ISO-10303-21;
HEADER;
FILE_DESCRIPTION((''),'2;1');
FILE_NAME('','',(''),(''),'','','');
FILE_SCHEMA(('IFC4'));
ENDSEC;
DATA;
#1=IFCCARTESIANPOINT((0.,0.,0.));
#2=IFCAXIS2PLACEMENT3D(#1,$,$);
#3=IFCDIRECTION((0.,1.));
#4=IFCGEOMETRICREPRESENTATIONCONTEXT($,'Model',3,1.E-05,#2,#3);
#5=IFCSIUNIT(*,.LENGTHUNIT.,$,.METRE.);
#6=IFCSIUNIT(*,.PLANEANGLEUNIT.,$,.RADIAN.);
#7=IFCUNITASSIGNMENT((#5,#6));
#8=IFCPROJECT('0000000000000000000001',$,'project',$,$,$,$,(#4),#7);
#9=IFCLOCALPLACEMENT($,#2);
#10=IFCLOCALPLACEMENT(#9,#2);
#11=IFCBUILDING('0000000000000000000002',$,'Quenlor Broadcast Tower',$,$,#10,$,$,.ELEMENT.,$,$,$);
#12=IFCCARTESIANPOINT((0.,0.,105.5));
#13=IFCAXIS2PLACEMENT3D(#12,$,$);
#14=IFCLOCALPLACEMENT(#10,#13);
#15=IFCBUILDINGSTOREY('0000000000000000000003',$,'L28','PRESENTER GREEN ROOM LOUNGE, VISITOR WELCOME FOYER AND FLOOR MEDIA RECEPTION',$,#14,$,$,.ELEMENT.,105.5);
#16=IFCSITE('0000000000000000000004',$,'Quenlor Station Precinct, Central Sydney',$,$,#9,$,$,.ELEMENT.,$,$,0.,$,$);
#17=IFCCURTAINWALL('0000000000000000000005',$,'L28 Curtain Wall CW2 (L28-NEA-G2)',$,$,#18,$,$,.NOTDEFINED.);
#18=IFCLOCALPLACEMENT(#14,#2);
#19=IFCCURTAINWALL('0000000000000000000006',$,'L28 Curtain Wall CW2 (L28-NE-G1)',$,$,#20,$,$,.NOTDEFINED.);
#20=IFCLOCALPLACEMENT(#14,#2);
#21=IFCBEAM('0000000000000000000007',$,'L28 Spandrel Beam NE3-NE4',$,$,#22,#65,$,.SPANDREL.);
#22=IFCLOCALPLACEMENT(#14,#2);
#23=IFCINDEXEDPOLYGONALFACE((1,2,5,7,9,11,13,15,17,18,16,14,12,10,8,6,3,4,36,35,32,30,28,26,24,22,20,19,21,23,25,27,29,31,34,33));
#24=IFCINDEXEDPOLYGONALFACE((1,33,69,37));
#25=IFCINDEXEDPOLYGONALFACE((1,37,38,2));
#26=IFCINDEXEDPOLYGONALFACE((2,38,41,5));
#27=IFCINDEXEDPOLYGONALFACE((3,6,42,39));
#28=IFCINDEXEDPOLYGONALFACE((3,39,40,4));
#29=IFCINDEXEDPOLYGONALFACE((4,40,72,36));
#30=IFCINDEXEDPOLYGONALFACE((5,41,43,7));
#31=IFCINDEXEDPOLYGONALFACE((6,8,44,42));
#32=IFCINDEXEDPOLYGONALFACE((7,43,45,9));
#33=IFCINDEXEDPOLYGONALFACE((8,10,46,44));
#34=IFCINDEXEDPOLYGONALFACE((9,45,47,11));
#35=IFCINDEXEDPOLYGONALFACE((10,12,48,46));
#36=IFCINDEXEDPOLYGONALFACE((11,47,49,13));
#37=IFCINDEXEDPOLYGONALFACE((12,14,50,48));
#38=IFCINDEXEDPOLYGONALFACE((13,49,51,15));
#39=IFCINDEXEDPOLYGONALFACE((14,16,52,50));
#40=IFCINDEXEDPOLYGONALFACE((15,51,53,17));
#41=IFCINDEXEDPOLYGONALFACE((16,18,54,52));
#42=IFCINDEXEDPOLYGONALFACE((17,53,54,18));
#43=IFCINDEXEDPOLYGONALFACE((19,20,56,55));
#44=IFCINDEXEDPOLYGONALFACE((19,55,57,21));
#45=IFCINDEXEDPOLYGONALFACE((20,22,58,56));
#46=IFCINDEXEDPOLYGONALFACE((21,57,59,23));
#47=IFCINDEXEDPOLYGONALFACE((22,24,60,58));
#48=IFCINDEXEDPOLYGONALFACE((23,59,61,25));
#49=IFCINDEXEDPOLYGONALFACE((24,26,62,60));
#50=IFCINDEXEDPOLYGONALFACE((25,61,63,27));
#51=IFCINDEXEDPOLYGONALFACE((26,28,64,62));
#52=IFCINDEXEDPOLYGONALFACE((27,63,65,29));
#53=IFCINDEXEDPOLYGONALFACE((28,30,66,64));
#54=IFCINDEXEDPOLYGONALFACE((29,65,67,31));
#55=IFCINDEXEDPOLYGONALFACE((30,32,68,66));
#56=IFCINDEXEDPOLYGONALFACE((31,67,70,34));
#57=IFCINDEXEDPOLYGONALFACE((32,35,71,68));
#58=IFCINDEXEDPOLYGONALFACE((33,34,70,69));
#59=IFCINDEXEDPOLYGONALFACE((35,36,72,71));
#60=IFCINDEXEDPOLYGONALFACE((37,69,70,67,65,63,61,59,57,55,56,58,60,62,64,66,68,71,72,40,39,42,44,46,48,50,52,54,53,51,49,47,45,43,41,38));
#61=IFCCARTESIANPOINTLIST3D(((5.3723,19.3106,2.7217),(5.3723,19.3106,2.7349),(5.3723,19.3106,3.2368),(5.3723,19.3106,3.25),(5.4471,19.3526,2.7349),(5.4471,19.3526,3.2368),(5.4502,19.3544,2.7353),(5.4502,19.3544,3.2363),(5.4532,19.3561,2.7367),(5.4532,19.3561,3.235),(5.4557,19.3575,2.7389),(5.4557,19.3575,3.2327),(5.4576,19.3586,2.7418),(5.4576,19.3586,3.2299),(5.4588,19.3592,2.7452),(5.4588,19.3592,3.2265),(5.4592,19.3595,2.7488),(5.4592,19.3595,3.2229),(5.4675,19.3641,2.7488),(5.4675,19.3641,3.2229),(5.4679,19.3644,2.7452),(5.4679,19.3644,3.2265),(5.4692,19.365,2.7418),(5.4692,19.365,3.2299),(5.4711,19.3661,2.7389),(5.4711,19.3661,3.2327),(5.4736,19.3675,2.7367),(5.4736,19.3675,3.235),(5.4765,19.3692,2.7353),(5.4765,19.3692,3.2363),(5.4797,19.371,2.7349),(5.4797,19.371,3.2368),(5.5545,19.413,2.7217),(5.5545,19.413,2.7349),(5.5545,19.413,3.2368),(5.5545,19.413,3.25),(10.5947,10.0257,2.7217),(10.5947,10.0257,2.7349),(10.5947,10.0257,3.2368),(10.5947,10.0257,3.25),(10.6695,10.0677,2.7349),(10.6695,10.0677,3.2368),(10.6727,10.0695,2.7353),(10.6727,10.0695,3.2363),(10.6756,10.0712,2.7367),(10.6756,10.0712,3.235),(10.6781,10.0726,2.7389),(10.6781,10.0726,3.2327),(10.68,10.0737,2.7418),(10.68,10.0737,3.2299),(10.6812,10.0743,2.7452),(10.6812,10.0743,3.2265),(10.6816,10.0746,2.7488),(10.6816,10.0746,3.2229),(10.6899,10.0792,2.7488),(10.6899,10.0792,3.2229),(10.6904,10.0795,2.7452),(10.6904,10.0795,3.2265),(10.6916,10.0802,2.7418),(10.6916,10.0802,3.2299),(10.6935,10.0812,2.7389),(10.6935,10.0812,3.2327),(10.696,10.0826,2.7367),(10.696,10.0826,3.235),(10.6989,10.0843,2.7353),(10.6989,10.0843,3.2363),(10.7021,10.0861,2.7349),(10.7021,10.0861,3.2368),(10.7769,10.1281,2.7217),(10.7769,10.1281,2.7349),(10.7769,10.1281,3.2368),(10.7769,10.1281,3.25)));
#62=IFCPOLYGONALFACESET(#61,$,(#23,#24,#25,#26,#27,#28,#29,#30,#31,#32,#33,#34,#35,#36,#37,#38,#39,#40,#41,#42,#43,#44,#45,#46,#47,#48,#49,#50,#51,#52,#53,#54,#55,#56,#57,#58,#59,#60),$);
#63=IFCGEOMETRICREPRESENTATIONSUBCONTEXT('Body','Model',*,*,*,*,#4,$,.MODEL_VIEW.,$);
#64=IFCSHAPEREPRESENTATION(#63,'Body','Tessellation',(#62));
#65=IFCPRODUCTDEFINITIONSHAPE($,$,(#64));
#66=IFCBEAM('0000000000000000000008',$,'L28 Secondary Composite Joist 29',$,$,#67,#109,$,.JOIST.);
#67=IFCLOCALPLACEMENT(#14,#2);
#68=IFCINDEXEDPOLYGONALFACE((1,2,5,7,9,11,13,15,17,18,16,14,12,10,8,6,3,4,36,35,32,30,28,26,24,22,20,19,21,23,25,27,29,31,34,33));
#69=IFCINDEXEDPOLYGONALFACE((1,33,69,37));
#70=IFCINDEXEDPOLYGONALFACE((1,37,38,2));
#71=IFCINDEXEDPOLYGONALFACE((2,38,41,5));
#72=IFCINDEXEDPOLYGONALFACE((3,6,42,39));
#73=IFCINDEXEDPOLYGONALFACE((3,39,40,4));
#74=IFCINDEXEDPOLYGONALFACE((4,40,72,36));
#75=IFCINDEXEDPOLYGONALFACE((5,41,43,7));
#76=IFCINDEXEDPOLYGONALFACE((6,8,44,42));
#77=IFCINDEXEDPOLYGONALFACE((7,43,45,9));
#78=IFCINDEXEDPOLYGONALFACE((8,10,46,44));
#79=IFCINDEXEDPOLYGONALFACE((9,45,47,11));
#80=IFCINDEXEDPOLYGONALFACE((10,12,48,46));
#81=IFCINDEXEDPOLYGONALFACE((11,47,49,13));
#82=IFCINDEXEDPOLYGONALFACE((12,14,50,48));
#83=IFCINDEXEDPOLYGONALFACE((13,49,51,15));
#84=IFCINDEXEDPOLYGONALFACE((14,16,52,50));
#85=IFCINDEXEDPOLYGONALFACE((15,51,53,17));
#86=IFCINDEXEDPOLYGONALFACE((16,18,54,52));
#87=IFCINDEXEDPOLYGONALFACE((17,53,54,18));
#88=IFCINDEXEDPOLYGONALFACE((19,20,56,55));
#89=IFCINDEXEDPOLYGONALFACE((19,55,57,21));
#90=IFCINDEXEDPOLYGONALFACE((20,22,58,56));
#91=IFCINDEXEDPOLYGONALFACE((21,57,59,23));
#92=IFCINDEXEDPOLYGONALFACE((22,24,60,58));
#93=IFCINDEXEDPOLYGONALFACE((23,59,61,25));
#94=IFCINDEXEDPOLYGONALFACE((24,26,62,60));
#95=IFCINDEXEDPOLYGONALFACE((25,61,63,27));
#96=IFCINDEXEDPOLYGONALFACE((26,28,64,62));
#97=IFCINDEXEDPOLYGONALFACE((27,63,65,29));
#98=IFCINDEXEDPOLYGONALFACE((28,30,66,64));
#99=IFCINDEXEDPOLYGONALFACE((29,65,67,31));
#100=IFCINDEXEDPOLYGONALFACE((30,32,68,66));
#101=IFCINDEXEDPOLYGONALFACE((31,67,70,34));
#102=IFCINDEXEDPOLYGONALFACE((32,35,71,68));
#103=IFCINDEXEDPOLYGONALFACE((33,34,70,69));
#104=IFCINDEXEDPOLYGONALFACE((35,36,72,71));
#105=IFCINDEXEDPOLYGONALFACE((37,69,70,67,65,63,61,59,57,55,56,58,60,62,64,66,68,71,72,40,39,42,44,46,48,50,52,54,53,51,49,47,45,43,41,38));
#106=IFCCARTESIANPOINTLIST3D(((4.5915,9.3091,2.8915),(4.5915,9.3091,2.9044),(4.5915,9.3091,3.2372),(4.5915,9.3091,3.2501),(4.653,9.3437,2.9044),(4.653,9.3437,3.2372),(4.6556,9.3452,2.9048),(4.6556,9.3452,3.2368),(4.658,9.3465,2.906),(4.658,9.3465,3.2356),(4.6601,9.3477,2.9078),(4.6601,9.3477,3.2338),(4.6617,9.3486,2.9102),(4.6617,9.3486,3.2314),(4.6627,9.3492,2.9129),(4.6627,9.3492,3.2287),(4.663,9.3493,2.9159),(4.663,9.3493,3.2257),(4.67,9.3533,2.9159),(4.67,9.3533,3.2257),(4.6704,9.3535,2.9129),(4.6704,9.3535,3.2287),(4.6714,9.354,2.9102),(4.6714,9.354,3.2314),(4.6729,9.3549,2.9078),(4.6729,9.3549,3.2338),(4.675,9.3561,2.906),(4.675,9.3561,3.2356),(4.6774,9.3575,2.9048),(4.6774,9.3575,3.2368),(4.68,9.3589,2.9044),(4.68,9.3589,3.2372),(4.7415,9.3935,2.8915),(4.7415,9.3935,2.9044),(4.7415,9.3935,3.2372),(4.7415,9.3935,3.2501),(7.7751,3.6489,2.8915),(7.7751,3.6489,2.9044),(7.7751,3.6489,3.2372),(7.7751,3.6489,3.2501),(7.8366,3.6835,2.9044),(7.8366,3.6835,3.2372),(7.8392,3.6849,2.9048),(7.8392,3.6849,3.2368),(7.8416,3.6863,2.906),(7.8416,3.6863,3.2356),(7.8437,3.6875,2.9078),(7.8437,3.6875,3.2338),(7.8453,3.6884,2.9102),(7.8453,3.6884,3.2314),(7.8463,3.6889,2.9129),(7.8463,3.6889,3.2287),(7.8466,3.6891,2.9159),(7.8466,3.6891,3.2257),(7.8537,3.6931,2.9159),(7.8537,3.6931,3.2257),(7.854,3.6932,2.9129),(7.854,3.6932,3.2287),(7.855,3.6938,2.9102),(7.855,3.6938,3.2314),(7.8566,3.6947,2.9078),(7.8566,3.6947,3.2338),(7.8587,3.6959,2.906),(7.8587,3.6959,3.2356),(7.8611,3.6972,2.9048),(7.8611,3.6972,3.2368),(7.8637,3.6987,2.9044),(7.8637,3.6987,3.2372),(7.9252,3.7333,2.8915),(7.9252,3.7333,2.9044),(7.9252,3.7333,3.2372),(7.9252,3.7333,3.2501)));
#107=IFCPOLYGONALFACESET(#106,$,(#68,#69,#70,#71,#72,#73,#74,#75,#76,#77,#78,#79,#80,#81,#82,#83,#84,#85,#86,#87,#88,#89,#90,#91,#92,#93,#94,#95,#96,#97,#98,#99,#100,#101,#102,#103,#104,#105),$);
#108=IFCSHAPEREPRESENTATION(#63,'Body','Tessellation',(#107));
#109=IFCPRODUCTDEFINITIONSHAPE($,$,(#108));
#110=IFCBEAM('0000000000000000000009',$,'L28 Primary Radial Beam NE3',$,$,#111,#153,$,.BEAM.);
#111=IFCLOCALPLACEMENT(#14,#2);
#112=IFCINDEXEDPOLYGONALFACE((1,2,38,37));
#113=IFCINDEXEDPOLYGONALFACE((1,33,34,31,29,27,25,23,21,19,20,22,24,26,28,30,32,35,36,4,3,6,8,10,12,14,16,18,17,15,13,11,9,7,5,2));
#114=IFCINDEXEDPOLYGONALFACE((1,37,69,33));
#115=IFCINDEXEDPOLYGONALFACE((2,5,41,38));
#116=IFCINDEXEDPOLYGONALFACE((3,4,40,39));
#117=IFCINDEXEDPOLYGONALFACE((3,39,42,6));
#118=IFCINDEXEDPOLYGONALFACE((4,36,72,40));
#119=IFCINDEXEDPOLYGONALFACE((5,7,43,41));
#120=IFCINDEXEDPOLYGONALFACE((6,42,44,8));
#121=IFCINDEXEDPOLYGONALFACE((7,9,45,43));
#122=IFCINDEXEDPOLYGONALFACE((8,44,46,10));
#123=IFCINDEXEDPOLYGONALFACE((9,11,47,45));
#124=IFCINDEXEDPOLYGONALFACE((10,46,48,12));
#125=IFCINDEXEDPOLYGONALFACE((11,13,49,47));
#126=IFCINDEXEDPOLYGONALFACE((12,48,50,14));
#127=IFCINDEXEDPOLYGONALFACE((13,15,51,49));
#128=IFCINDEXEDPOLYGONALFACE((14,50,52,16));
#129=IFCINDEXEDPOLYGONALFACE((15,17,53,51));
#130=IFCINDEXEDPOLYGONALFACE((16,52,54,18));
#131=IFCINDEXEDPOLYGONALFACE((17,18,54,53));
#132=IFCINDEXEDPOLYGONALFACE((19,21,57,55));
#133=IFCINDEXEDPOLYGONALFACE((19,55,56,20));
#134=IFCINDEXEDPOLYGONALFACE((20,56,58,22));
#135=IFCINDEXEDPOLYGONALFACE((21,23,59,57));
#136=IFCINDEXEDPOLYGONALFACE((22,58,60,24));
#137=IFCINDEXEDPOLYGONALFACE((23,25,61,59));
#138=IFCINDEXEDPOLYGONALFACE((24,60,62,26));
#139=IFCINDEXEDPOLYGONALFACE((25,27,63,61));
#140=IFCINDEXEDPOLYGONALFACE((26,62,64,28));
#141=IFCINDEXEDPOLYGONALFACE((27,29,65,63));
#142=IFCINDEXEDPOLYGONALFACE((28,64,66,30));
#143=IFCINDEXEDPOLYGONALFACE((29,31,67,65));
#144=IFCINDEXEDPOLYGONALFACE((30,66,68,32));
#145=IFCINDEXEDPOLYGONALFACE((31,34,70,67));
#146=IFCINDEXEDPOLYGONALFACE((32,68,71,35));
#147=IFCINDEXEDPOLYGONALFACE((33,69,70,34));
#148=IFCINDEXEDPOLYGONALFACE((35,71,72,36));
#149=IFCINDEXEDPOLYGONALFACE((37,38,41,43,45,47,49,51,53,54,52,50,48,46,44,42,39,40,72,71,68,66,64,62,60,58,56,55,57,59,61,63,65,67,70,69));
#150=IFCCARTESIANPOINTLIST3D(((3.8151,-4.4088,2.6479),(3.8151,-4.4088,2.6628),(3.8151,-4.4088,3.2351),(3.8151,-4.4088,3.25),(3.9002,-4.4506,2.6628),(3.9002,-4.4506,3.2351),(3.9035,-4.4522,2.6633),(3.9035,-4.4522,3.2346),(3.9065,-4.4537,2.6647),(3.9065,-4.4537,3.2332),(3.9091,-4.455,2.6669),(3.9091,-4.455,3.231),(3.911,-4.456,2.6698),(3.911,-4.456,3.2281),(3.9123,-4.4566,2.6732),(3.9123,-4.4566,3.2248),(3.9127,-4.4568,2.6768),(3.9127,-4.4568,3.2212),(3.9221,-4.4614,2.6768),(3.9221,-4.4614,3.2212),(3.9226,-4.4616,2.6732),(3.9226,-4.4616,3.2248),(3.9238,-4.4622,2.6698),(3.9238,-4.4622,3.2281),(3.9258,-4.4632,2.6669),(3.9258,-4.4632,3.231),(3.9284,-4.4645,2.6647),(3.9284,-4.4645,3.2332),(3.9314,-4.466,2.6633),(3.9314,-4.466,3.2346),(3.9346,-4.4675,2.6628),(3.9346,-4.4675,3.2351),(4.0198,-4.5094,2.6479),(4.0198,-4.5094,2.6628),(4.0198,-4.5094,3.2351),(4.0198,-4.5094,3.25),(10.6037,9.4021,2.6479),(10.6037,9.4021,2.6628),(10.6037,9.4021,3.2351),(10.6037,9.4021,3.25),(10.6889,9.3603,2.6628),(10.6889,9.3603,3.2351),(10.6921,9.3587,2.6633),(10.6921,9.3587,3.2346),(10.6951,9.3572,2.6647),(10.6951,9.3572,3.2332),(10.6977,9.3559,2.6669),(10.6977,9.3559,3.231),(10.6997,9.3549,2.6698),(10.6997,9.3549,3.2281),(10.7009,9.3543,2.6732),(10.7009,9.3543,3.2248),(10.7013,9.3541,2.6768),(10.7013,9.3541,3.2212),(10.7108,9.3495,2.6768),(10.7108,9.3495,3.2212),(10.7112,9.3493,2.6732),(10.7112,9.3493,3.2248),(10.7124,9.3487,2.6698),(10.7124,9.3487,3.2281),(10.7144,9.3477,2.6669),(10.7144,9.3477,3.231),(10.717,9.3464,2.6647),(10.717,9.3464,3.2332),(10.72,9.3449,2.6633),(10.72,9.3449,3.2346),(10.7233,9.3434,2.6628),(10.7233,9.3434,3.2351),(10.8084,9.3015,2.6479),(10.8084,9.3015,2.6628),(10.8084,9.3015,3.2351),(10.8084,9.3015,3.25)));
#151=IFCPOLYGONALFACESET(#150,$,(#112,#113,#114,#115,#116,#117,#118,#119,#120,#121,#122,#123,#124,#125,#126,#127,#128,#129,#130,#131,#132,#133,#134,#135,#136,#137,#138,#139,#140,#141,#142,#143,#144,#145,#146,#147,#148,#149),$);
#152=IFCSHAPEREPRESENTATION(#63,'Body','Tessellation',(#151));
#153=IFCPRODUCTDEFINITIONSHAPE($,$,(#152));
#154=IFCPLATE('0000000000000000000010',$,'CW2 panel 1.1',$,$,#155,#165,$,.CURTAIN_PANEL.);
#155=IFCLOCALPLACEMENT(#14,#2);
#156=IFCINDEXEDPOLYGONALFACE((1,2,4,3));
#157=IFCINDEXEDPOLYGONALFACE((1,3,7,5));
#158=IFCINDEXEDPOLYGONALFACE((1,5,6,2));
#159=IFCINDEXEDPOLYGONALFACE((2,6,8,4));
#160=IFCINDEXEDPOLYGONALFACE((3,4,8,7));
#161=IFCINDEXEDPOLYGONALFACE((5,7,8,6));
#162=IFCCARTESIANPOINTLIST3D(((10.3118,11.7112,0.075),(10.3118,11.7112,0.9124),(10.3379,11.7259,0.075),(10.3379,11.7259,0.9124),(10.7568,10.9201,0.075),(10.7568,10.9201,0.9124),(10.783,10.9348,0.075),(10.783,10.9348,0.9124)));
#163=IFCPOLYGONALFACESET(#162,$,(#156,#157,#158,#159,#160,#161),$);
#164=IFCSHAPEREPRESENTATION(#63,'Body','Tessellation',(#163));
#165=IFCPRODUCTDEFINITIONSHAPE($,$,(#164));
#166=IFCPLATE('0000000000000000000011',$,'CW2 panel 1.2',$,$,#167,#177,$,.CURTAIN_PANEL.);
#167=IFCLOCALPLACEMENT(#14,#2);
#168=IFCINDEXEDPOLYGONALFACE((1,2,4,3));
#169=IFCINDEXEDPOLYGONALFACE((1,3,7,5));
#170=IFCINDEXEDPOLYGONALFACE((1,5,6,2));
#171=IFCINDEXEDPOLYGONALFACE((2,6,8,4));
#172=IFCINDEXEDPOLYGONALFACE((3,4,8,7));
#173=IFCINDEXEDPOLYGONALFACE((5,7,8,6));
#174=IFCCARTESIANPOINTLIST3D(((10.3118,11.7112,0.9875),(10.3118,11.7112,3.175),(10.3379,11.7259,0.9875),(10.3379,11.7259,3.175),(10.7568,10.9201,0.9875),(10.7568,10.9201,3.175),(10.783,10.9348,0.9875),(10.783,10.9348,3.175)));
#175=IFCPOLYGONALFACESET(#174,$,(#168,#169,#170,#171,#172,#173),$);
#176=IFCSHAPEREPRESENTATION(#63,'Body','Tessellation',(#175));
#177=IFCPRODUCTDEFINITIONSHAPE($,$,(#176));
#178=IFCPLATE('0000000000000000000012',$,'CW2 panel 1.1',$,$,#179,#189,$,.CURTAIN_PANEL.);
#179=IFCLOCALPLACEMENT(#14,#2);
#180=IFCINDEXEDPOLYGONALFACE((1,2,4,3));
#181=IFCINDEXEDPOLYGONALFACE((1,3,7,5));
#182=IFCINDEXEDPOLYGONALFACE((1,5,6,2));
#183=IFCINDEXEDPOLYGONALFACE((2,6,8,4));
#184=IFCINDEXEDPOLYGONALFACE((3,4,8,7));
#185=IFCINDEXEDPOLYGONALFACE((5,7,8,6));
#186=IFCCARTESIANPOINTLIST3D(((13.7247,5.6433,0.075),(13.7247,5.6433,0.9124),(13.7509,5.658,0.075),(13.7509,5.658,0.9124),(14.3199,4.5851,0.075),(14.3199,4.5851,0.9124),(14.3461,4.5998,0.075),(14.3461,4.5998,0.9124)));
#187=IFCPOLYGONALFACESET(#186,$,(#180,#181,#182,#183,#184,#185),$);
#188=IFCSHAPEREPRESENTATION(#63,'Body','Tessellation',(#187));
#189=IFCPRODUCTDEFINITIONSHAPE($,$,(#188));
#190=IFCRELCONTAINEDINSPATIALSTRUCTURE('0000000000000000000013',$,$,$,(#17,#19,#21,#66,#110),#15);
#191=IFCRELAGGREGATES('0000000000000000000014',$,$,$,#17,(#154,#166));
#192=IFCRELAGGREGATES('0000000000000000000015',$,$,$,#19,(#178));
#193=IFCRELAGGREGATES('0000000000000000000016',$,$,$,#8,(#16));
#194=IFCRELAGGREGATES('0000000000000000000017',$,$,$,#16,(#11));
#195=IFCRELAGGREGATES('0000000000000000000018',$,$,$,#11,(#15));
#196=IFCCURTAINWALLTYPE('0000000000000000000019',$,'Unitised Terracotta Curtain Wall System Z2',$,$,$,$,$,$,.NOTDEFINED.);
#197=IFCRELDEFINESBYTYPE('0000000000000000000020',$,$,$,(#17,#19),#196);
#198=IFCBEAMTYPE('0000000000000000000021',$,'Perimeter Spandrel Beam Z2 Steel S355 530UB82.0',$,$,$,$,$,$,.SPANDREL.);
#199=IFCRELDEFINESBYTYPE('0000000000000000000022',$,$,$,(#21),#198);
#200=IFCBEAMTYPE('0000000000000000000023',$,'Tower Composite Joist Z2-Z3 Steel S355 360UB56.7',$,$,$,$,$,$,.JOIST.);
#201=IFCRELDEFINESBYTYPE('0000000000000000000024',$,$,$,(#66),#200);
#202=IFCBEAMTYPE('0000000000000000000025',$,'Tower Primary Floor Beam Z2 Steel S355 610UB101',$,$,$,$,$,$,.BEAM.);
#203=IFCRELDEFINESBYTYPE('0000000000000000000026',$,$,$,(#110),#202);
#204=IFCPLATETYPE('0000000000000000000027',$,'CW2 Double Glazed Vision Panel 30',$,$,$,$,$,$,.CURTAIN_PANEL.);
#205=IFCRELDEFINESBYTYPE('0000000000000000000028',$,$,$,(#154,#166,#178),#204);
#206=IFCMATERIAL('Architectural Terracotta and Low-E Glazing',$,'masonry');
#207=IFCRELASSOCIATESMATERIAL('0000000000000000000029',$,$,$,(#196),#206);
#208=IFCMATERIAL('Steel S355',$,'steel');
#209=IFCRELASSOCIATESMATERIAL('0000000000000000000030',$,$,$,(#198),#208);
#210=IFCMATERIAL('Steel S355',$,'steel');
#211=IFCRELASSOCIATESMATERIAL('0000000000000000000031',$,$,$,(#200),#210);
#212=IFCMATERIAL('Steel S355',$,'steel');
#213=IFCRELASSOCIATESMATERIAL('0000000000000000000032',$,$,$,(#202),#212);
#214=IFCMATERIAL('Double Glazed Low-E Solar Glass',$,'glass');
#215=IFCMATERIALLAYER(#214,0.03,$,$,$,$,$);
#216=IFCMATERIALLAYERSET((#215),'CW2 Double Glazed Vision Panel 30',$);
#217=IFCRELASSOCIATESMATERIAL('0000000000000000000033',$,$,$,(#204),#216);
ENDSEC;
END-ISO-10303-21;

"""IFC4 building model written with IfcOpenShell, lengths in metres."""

from ifc_helpers import new_model, si_unit, direction, frame, origin, origin_2d, place, context, subcontext, project, spatial, rectangle, i_section, extrude, material, layer, layer_set, material_profile, profile_set, type_object, element, aggregate, save


model = new_model("IFC4")

# Units and contexts
model_context = context("Model", 3, precision=1e-05, world=origin(), true_north=direction((0.0, 1.0)))
body_context = subcontext(model_context, "Body", "Model", "MODEL_VIEW")
ifc_project = project(units=[si_unit("LENGTHUNIT", "METRE"), si_unit("PLANEANGLEUNIT", "RADIAN")], contexts=[model_context])

# Site, building, storey
site_placement = place(None, origin())
site = spatial("IfcSite", under=ifc_project, at=site_placement, Name="Quenlor Station Precinct, Central Sydney", CompositionType="ELEMENT", RefElevation=0.0)
building_placement = place(site_placement, origin())
building = spatial("IfcBuilding", under=site, at=building_placement, Name="Quenlor Broadcast Tower", CompositionType="ELEMENT")
storey_placement = place(building_placement, frame((0.0, 0.0, 105.5)))
storey = spatial("IfcBuildingStorey", under=building, at=storey_placement, Name="L28", Description="PRESENTER GREEN ROOM LOUNGE, VISITOR WELCOME FOYER AND FLOOR MEDIA RECEPTION", CompositionType="ELEMENT", Elevation=105.5)

# Curtain wall
ifc_material_1 = material(Name="Architectural Terracotta and Low-E Glazing", Category="masonry")
curtain_wall_type = type_object("IfcCurtainWallType", Name="Unitised Terracotta Curtain Wall System Z2", PredefinedType="NOTDEFINED", material=ifc_material_1)
curtain_wall_1_placement = place(storey_placement, origin())
curtain_wall_1 = element("IfcCurtainWall", 1, at=curtain_wall_1_placement, inside=storey, type_object=curtain_wall_type, Name="L28 Curtain Wall CW2 (L28-NEA-G2)", PredefinedType="NOTDEFINED")

# Curtain wall
curtain_wall_2_placement = place(storey_placement, origin())
curtain_wall_2 = element("IfcCurtainWall", 2, at=curtain_wall_2_placement, inside=storey, type_object=curtain_wall_type, Name="L28 Curtain Wall CW2 (L28-NE-G1)", PredefinedType="NOTDEFINED")

# Beams
ifc_material_2 = material(Name="Steel S355", Category="steel")
ifc_material_profile_1 = material_profile(ifc_material_2, i_section(OverallWidth=0.209, OverallDepth=0.5283, WebThickness=0.0095, FlangeThickness=0.0132, FilletRadius=0.0139, at=origin_2d()))
ifc_profile_set_1 = profile_set([ifc_material_profile_1], Name="Steel S355 530UB82.0")
beam_type_1 = type_object("IfcBeamType", Name="Perimeter Spandrel Beam Z2 Steel S355 530UB82.0", PredefinedType="SPANDREL", material=ifc_profile_set_1)
beam_1_placement = place(storey_placement, frame((10.6858, 10.0769, 2.9858), z_axis=(-0.490236, 0.87159, 0.0), x_axis=(-0.87159, -0.490236, 0.0)))
element("IfcBeam", 3, at=beam_1_placement, inside=storey, type_object=beam_type_1, Name="L28 Spandrel Beam NE3-NE4", PredefinedType="SPANDREL", context=body_context, shape_type="SweptSolid", body=[
    extrude(i_section(OverallWidth=0.209, OverallDepth=0.5283, WebThickness=0.0095, FlangeThickness=0.0132, FilletRadius=0.0139, at=origin_2d()), origin(), (0.0, 0.0, 1.0), 10.6528),
])
ifc_material_3 = material(Name="Steel S355", Category="steel")
ifc_material_profile_2 = material_profile(ifc_material_3, i_section(OverallWidth=0.1721, OverallDepth=0.3586, WebThickness=0.0081, FlangeThickness=0.0129, FilletRadius=0.0115, at=origin_2d()))
ifc_profile_set_2 = profile_set([ifc_material_profile_2], Name="Steel S355 360UB56.7")
beam_type_2 = type_object("IfcBeamType", Name="Tower Composite Joist Z2-Z3 Steel S355 360UB56.7", PredefinedType="JOIST", material=ifc_profile_set_2)
beam_2_placement = place(storey_placement, frame((4.6665, 9.3513, 3.0708), z_axis=(0.490233, -0.871592, 0.0), x_axis=(0.871592, 0.490233, 0.0)))
element("IfcBeam", 4, at=beam_2_placement, inside=storey, type_object=beam_type_2, Name="L28 Secondary Composite Joist 29", PredefinedType="JOIST", context=body_context, shape_type="SweptSolid", body=[
    extrude(i_section(OverallWidth=0.1721, OverallDepth=0.3586, WebThickness=0.0081, FlangeThickness=0.0129, FilletRadius=0.0115, at=origin_2d()), origin(), (0.0, 0.0, 1.0), 6.4941),
])
ifc_material_4 = material(Name="Steel S355", Category="steel")
ifc_material_profile_3 = material_profile(ifc_material_4, i_section(OverallWidth=0.228, OverallDepth=0.6021, WebThickness=0.0105, FlangeThickness=0.0149, FilletRadius=0.0139, at=origin_2d()))
ifc_profile_set_3 = profile_set([ifc_material_profile_3], Name="Steel S355 610UB101")
beam_type_3 = type_object("IfcBeamType", Name="Tower Primary Floor Beam Z2 Steel S355 610UB101", PredefinedType="BEAM", material=ifc_profile_set_3)
beam_3_placement = place(storey_placement, frame((10.7061, 9.3518, 2.949), z_axis=(-0.44113, -0.897443, 0.0), x_axis=(0.897443, -0.44113, 0.0)))
element("IfcBeam", 5, at=beam_3_placement, inside=storey, type_object=beam_type_3, Name="L28 Primary Radial Beam NE3", PredefinedType="BEAM", context=body_context, shape_type="SweptSolid", body=[
    extrude(i_section(OverallWidth=0.228, OverallDepth=0.6021, WebThickness=0.0105, FlangeThickness=0.0149, FilletRadius=0.0139, at=origin_2d()), origin(), (0.0, 0.0, 1.0), 15.3892),
])

# Plates
ifc_material_5 = material(Name="Double Glazed Low-E Solar Glass", Category="glass")
ifc_layer_1 = layer(ifc_material_5, 0.03)
ifc_layer_set_1 = layer_set([ifc_layer_1], Name="CW2 Double Glazed Vision Panel 30")
plate_type_1 = type_object("IfcPlateType", Name="CW2 Double Glazed Vision Panel 30", PredefinedType="CURTAIN_PANEL", material=ifc_layer_set_1)
plate_1_placement = place(storey_placement, frame((10.5474, 11.323, 0.075), z_axis=(0.0, 0.0, 1.0), x_axis=(0.490252, -0.871581, 0.0)))
plate_1 = element("IfcPlate", 6, at=plate_1_placement, type_object=plate_type_1, Name="CW2 panel 1.1", PredefinedType="CURTAIN_PANEL", context=body_context, shape_type="SweptSolid", body=[
    extrude(rectangle(XDim=0.9077, YDim=0.03, at=origin_2d()), origin(), (0.0, 0.0, 1.0), 0.8374),
])
plate_2_placement = place(storey_placement, frame((10.5474, 11.323, 0.9875), z_axis=(0.0, 0.0, 1.0), x_axis=(0.490252, -0.871581, 0.0)))
plate_2 = element("IfcPlate", 7, at=plate_2_placement, type_object=plate_type_1, Name="CW2 panel 1.2", PredefinedType="CURTAIN_PANEL", context=body_context, shape_type="SweptSolid", body=[
    extrude(rectangle(XDim=0.9077, YDim=0.03, at=origin_2d()), origin(), (0.0, 0.0, 1.0), 2.1875),
])
aggregate(curtain_wall_1, [plate_1, plate_2])
plate_3_placement = place(storey_placement, frame((14.0354, 5.1216, 0.075), z_axis=(0.0, 0.0, 1.0), x_axis=(0.490254, -0.871579, 0.0)))
plate_3 = element("IfcPlate", 8, at=plate_3_placement, type_object=plate_type_1, Name="CW2 panel 1.1", PredefinedType="CURTAIN_PANEL", context=body_context, shape_type="SweptSolid", body=[
    extrude(rectangle(XDim=1.2141, YDim=0.03, at=origin_2d()), origin(), (0.0, 0.0, 1.0), 0.8374),
])
aggregate(curtain_wall_2, [plate_3])

save(model, "model.ifc")
